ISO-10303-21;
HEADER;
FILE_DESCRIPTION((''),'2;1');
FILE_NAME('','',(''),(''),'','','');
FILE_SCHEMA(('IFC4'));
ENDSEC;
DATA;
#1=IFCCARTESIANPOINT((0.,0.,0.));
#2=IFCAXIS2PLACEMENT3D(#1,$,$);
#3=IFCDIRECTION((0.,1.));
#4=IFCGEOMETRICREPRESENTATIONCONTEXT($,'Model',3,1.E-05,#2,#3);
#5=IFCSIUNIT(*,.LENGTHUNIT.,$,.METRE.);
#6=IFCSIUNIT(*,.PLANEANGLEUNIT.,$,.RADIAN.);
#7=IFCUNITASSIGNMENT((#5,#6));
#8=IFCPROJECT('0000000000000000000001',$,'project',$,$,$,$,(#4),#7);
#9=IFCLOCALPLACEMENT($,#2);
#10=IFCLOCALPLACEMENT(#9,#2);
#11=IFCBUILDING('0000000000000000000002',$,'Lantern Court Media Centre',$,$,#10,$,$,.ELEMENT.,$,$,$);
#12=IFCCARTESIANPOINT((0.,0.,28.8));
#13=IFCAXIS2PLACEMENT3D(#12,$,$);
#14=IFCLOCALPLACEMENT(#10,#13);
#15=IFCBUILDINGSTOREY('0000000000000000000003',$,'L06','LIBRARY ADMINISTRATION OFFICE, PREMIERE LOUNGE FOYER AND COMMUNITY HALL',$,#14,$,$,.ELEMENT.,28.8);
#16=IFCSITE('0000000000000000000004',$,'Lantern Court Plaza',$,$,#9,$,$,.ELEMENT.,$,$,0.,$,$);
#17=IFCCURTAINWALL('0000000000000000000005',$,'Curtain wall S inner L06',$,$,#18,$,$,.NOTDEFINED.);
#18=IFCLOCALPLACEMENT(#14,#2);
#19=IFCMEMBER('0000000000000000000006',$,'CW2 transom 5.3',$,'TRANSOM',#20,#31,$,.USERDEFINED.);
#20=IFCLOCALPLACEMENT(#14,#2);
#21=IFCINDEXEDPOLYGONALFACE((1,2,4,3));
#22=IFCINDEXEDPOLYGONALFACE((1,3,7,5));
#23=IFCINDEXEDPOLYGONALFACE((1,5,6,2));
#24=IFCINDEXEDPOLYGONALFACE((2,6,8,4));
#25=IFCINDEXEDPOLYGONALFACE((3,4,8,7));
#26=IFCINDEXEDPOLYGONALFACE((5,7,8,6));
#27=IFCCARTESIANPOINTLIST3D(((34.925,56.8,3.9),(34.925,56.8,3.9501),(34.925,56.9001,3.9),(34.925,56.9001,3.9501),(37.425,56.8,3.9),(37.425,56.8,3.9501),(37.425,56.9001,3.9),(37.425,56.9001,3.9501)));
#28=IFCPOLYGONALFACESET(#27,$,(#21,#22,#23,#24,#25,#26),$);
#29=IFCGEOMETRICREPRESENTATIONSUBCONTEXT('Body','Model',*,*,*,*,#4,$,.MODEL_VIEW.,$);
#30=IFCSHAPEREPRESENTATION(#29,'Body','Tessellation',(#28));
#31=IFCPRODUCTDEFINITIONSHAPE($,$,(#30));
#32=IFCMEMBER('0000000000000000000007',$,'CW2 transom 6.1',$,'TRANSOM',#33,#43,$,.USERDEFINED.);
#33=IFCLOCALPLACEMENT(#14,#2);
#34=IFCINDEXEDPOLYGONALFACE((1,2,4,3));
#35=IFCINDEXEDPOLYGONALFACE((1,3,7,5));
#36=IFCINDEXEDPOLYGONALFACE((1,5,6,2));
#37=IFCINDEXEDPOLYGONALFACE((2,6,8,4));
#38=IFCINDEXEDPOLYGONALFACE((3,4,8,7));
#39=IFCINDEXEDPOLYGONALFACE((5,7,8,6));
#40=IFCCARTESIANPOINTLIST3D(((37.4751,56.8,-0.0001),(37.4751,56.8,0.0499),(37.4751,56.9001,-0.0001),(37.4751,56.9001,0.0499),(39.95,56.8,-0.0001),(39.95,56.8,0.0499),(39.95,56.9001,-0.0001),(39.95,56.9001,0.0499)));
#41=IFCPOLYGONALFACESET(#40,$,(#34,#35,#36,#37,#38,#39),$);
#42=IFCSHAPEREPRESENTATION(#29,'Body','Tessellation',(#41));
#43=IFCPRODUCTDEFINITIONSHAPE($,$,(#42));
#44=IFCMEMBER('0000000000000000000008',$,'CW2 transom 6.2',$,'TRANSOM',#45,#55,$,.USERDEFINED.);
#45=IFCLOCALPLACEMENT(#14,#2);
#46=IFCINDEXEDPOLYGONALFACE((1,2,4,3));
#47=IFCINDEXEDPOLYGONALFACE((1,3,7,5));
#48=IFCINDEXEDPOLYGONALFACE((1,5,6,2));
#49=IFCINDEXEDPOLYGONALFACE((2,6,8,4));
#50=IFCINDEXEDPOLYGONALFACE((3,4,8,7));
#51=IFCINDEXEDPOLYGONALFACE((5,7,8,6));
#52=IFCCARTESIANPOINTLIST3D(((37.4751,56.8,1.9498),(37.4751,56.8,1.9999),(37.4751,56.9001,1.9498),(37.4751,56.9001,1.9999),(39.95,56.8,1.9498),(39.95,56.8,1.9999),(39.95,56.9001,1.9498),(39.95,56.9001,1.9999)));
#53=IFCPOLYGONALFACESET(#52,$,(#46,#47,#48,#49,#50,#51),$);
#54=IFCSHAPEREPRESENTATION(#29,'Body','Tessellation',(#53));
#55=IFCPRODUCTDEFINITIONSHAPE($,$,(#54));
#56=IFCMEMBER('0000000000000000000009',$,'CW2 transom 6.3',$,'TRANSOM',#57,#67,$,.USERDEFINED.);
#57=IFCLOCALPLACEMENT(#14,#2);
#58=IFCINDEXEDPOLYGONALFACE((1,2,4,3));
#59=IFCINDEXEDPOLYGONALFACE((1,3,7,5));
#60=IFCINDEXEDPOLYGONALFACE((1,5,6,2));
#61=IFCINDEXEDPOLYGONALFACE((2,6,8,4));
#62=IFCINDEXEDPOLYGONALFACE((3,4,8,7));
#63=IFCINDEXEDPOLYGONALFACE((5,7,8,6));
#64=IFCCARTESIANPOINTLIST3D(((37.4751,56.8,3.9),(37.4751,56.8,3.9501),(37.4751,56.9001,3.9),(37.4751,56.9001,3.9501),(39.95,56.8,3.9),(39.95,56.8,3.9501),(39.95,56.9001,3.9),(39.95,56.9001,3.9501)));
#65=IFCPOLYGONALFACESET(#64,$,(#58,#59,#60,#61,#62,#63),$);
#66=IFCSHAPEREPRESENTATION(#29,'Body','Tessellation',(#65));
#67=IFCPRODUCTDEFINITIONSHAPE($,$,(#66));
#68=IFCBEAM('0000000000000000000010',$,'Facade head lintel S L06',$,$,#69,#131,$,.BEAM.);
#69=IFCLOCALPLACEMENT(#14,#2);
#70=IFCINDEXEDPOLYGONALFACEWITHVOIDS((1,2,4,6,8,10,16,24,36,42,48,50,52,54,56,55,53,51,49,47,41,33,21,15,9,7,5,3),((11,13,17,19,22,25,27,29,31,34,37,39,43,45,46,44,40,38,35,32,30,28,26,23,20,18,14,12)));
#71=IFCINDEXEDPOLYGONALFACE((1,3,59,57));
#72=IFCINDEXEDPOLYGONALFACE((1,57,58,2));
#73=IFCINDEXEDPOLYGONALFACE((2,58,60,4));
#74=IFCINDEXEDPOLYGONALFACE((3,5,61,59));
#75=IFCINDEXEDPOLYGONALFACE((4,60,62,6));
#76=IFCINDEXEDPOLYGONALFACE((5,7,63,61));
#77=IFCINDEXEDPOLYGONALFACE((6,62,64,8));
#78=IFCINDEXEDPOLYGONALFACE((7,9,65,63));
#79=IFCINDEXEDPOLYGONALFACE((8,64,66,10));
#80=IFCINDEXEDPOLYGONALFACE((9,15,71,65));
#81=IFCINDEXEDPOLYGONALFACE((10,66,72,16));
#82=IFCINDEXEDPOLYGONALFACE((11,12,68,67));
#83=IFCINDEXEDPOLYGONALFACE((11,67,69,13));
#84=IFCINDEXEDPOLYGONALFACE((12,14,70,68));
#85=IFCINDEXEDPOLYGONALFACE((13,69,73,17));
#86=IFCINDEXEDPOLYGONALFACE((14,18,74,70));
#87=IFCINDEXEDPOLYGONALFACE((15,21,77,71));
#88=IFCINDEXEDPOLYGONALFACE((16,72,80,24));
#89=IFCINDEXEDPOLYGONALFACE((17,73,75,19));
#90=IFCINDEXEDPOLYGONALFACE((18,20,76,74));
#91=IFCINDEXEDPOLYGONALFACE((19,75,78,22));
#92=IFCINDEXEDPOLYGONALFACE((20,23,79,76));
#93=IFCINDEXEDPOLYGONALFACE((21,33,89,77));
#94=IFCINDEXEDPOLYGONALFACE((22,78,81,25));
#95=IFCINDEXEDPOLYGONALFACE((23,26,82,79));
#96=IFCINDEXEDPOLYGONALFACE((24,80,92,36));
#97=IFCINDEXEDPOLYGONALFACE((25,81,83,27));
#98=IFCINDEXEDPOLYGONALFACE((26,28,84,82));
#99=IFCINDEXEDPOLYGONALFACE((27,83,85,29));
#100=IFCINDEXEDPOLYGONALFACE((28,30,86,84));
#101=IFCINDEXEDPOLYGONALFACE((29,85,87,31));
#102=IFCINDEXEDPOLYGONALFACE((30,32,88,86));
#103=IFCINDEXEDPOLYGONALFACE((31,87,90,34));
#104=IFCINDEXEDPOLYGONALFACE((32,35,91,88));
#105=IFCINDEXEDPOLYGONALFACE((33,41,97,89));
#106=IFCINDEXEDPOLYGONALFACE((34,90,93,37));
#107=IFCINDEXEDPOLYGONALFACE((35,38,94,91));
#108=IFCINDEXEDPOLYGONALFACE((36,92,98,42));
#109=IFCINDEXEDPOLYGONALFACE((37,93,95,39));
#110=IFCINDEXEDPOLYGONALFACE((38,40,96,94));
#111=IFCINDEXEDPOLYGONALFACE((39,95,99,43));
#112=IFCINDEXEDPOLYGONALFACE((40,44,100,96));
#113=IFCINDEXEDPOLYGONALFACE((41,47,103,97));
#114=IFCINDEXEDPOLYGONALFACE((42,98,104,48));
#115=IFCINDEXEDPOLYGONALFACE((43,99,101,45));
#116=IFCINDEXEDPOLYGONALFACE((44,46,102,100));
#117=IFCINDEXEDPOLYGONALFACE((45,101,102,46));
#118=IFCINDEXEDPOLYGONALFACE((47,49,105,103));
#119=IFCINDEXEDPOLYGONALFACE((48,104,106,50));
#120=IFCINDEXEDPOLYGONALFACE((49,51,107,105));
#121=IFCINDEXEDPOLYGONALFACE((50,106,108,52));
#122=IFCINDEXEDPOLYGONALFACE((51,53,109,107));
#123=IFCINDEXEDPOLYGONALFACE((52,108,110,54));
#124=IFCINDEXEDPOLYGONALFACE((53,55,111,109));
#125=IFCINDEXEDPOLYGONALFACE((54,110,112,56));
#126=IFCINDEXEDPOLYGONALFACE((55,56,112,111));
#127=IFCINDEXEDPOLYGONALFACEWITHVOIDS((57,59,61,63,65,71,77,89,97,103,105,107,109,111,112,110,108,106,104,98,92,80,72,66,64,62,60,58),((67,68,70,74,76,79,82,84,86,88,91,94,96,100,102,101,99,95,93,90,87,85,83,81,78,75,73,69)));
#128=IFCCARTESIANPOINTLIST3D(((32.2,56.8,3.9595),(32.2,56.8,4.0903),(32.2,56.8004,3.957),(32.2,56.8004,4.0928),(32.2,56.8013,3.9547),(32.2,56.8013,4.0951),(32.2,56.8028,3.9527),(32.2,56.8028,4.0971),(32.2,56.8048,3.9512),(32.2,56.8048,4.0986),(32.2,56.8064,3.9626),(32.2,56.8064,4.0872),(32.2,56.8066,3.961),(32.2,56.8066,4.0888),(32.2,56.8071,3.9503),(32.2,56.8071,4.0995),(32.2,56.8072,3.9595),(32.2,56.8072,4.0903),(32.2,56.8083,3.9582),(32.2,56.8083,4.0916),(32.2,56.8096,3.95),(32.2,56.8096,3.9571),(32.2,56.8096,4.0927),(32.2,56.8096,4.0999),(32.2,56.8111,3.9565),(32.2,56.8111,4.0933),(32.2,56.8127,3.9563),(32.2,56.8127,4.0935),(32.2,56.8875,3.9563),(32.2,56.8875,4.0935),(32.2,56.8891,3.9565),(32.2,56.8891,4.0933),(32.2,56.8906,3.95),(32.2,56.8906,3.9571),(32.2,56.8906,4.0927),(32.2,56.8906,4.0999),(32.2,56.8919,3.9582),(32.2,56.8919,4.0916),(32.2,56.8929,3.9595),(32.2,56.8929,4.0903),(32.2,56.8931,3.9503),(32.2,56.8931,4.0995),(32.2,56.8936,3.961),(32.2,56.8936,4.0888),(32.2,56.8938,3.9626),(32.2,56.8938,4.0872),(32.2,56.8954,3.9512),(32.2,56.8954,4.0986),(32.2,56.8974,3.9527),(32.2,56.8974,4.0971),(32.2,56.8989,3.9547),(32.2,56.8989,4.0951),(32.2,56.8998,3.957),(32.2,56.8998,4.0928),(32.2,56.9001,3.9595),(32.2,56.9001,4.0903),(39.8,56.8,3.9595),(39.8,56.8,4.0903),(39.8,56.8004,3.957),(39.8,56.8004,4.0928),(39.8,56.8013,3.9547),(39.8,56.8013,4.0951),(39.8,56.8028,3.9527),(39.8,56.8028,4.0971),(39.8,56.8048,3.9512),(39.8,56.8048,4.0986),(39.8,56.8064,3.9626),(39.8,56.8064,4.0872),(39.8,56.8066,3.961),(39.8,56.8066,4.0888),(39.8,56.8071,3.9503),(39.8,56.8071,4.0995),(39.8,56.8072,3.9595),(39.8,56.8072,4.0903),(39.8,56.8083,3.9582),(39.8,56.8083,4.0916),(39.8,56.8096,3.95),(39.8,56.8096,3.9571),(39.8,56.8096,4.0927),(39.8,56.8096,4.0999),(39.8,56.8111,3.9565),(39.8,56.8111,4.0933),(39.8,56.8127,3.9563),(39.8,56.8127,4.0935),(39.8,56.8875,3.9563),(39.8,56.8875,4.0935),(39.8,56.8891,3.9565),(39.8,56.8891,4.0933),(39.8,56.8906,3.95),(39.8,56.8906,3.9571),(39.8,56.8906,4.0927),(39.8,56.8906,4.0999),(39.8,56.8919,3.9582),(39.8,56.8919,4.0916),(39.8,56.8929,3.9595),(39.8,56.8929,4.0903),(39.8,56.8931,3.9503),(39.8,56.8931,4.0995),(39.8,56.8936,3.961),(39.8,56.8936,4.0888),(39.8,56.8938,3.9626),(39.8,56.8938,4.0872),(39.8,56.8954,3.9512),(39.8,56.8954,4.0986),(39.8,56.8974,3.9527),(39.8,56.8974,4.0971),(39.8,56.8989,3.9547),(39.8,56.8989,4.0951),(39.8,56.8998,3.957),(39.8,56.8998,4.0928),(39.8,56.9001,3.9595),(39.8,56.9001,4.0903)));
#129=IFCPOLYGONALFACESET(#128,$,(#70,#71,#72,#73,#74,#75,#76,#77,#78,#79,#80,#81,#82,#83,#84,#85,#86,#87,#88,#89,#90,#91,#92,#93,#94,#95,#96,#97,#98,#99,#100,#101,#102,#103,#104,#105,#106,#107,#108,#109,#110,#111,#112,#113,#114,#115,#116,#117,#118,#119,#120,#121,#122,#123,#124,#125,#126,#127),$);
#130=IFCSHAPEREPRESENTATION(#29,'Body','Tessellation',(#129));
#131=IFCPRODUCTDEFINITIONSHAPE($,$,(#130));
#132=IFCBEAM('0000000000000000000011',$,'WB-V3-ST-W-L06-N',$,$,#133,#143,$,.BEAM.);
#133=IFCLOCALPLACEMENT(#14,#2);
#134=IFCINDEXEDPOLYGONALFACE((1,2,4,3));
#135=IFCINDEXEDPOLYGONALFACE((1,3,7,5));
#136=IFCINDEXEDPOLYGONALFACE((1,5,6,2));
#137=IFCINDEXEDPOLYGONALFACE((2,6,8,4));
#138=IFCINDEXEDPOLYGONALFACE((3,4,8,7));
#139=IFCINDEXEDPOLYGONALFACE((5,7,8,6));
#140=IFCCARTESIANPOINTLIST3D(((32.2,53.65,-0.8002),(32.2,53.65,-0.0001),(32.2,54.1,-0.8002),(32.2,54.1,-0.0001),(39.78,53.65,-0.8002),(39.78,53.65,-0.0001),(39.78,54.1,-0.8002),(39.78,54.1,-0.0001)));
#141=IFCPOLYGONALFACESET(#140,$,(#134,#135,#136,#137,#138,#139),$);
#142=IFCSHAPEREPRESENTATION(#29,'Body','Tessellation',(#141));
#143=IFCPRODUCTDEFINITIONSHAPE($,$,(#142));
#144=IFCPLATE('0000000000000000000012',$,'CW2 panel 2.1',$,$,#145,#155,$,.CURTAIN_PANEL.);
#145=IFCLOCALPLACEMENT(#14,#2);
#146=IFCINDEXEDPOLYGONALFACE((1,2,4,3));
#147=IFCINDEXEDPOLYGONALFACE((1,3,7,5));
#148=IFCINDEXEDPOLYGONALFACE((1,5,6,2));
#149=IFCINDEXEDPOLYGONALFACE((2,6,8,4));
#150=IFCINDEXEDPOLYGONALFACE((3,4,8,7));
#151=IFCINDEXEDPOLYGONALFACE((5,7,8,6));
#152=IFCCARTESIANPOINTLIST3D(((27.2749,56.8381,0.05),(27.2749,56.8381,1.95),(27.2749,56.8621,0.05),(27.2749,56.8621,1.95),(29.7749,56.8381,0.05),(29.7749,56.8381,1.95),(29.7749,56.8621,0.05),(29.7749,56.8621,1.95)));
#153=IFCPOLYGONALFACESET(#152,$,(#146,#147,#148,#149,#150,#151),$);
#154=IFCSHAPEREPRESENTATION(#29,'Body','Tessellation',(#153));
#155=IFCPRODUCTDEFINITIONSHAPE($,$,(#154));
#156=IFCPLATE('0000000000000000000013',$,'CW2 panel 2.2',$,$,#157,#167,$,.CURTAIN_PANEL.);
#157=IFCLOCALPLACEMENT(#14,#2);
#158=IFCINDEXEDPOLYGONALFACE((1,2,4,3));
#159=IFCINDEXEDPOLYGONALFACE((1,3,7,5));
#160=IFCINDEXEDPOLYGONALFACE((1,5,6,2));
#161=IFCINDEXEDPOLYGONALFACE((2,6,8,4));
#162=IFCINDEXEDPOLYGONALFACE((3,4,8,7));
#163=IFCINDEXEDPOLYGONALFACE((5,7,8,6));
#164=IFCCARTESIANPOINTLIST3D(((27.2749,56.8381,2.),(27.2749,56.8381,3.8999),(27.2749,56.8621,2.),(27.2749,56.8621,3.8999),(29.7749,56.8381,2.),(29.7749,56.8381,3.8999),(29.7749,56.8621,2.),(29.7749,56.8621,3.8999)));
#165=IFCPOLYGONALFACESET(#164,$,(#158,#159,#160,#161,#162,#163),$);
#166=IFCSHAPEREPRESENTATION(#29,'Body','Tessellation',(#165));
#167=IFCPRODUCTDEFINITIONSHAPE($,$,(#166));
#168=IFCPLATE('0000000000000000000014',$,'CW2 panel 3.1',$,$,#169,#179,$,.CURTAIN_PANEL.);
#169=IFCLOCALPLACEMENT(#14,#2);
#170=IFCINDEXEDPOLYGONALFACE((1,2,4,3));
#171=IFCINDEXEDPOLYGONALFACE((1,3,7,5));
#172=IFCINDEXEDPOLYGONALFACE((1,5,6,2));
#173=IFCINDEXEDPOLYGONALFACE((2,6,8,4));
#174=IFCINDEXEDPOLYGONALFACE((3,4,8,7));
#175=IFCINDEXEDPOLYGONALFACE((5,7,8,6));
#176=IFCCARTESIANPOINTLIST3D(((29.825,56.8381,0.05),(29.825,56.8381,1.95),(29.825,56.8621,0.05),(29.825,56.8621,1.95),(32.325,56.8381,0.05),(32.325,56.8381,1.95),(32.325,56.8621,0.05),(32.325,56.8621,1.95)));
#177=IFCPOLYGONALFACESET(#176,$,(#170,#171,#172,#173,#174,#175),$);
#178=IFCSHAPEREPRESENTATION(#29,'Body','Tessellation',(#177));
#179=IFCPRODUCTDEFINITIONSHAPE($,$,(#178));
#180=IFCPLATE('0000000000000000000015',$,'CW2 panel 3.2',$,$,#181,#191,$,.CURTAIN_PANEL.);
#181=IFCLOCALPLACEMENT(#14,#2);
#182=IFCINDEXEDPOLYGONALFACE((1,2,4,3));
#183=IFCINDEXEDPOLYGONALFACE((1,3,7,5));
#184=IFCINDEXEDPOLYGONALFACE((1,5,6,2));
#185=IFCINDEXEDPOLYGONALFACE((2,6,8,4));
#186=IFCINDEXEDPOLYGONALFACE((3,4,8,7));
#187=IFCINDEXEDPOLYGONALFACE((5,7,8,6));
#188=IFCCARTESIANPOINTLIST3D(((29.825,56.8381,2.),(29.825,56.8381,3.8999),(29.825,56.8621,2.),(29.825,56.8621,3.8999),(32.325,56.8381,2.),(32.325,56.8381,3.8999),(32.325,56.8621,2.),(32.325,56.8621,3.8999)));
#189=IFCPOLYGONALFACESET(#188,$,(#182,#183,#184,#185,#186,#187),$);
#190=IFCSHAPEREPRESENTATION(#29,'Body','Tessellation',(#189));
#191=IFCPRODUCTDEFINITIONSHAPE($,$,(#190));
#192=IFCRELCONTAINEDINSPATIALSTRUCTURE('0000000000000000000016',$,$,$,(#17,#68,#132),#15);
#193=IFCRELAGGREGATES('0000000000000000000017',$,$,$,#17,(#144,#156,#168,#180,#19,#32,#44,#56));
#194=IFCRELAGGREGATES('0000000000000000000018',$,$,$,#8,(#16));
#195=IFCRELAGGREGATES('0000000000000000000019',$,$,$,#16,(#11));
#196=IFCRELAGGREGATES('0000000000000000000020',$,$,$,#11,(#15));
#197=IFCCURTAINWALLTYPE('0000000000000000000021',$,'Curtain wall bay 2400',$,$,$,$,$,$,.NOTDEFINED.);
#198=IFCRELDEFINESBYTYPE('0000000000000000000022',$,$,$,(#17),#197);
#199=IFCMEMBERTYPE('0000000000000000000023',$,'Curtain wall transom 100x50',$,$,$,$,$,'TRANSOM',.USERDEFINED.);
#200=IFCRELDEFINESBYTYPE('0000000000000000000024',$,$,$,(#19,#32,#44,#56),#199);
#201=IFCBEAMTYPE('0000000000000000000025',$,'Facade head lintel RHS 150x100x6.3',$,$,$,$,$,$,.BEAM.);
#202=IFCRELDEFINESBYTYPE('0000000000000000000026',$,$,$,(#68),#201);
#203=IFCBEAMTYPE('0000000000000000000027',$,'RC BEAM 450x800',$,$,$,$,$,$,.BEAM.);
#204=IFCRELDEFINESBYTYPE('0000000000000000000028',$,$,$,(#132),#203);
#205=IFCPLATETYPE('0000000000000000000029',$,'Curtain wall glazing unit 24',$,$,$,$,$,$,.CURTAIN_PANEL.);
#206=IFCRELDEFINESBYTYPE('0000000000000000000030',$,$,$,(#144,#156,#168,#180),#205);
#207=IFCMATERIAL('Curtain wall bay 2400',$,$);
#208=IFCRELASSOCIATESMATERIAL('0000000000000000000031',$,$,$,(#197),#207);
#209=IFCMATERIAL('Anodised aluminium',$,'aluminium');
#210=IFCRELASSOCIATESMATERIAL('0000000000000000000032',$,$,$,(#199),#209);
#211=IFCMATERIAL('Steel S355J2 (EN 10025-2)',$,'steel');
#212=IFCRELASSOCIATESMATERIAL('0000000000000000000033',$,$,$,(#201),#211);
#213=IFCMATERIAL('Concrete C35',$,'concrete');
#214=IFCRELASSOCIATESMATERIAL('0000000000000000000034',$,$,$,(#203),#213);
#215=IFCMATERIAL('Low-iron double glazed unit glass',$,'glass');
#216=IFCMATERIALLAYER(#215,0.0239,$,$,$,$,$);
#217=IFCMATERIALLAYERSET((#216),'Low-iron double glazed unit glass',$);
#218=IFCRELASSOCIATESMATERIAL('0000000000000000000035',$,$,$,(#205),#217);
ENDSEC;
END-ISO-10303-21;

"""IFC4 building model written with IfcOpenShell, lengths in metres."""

from ifc_helpers import new_model, si_unit, direction, frame, origin, origin_2d, place, context, subcontext, project, spatial, rectangle, hollow_rectangle, extrude, material, layer, layer_set, material_profile, profile_set, type_object, element, aggregate, save


model = new_model("IFC4")

# Units and contexts
model_context = context("Model", 3, precision=1e-05, world=origin(), true_north=direction((0.0, 1.0)))
body_context = subcontext(model_context, "Body", "Model", "MODEL_VIEW")
ifc_project = project(units=[si_unit("LENGTHUNIT", "METRE"), si_unit("PLANEANGLEUNIT", "RADIAN")], contexts=[model_context])

# Site, building, storey
site_placement = place(None, origin())
site = spatial("IfcSite", under=ifc_project, at=site_placement, Name="Lantern Court Plaza", CompositionType="ELEMENT", RefElevation=0.0)
building_placement = place(site_placement, origin())
building = spatial("IfcBuilding", under=site, at=building_placement, Name="Lantern Court Media Centre", CompositionType="ELEMENT")
storey_placement = place(building_placement, frame((0.0, 0.0, 28.8)))
storey = spatial("IfcBuildingStorey", under=building, at=storey_placement, Name="L06", Description="LIBRARY ADMINISTRATION OFFICE, PREMIERE LOUNGE FOYER AND COMMUNITY HALL", CompositionType="ELEMENT", Elevation=28.8)

# Curtain wall, members
ifc_material_1 = material(Name="Curtain wall bay 2400")
curtain_wall_type = type_object("IfcCurtainWallType", Name="Curtain wall bay 2400", PredefinedType="NOTDEFINED", material=ifc_material_1)
curtain_wall_placement = place(storey_placement, origin())
curtain_wall = element("IfcCurtainWall", 1, at=curtain_wall_placement, inside=storey, type_object=curtain_wall_type, Name="Curtain wall S inner L06", PredefinedType="NOTDEFINED")
ifc_material_2 = material(Name="Anodised aluminium", Category="aluminium")
ifc_material_profile_1 = material_profile(ifc_material_2, rectangle(XDim=0.1001, YDim=0.05, at=origin_2d()), Name="AL 50x100")
ifc_profile_set_1 = profile_set([ifc_material_profile_1], Name="Anodised aluminium")
member_type_1 = type_object("IfcMemberType", Name="Curtain wall transom 100x50", ElementType="TRANSOM", PredefinedType="USERDEFINED", material=ifc_profile_set_1)
member_1_placement = place(storey_placement, frame((34.925, 56.8501, 3.925), z_axis=(1.0, 0.0, 0.0), x_axis=(0.0, 1.0, 0.0)))
member_1 = element("IfcMember", 2, at=member_1_placement, type_object=member_type_1, Name="CW2 transom 5.3", ObjectType="TRANSOM", PredefinedType="USERDEFINED", context=body_context, shape_type="SweptSolid", body=[
    extrude(rectangle(XDim=0.1001, YDim=0.05, at=origin_2d()), origin(), (0.0, 0.0, 1.0), 2.5),
])
member_2_placement = place(storey_placement, frame((37.4751, 56.8501, 0.0249), z_axis=(1.0, 0.0, 0.0), x_axis=(0.0, 1.0, 0.0)))
member_2 = element("IfcMember", 3, at=member_2_placement, type_object=member_type_1, Name="CW2 transom 6.1", ObjectType="TRANSOM", PredefinedType="USERDEFINED", context=body_context, shape_type="SweptSolid", body=[
    extrude(rectangle(XDim=0.1001, YDim=0.05, at=origin_2d()), origin(), (0.0, 0.0, 1.0), 2.4749),
])
member_3_placement = place(storey_placement, frame((37.4751, 56.8501, 1.9749), z_axis=(1.0, 0.0, 0.0), x_axis=(0.0, 1.0, 0.0)))
member_3 = element("IfcMember", 4, at=member_3_placement, type_object=member_type_1, Name="CW2 transom 6.2", ObjectType="TRANSOM", PredefinedType="USERDEFINED", context=body_context, shape_type="SweptSolid", body=[
    extrude(rectangle(XDim=0.1001, YDim=0.05, at=origin_2d()), origin(), (0.0, 0.0, 1.0), 2.4749),
])
member_4_placement = place(storey_placement, frame((37.4751, 56.8501, 3.925), z_axis=(1.0, 0.0, 0.0), x_axis=(0.0, 1.0, 0.0)))
member_4 = element("IfcMember", 5, at=member_4_placement, type_object=member_type_1, Name="CW2 transom 6.3", ObjectType="TRANSOM", PredefinedType="USERDEFINED", context=body_context, shape_type="SweptSolid", body=[
    extrude(rectangle(XDim=0.1001, YDim=0.05, at=origin_2d()), origin(), (0.0, 0.0, 1.0), 2.4749),
])

# Beams
ifc_material_3 = material(Name="Steel S355J2 (EN 10025-2)", Category="steel")
ifc_material_profile_2 = material_profile(ifc_material_3, hollow_rectangle(XDim=0.1001, YDim=0.1499, WallThickness=0.0063, InnerFilletRadius=0.0063, OuterFilletRadius=0.0095, at=origin_2d()), Name="Facade head lintel RHS 150x100x6.3")
ifc_profile_set_2 = profile_set([ifc_material_profile_2], Name="Steel S355J2 (EN 10025-2)")
beam_type_1 = type_object("IfcBeamType", Name="Facade head lintel RHS 150x100x6.3", PredefinedType="BEAM", material=ifc_profile_set_2)
beam_1_placement = place(storey_placement, frame((32.2, 56.8501, 4.0249), z_axis=(1.0, 0.0, 0.0), x_axis=(0.0, 1.0, 0.0)))
element("IfcBeam", 6, at=beam_1_placement, inside=storey, type_object=beam_type_1, Name="Facade head lintel S L06", PredefinedType="BEAM", context=body_context, shape_type="SweptSolid", body=[
    extrude(hollow_rectangle(XDim=0.1001, YDim=0.1499, WallThickness=0.0063, InnerFilletRadius=0.0063, OuterFilletRadius=0.0095, at=origin_2d()), origin(), (0.0, 0.0, 1.0), 7.6001),
])
ifc_material_4 = material(Name="Concrete C35", Category="concrete")
ifc_material_profile_3 = material_profile(ifc_material_4, rectangle(XDim=0.45, YDim=0.8, at=origin_2d()), Name="RC 450x800")
ifc_profile_set_3 = profile_set([ifc_material_profile_3], Name="Concrete C35")
beam_type_2 = type_object("IfcBeamType", Name="RC BEAM 450x800", PredefinedType="BEAM", material=ifc_profile_set_3)
beam_2_placement = place(storey_placement, frame((32.2, 53.875, -0.4001), z_axis=(1.0, 0.0, 0.0), x_axis=(0.0, 1.0, 0.0)))
element("IfcBeam", 7, at=beam_2_placement, inside=storey, type_object=beam_type_2, Name="WB-V3-ST-W-L06-N", PredefinedType="BEAM", context=body_context, shape_type="SweptSolid", body=[
    extrude(rectangle(XDim=0.45, YDim=0.8, at=origin_2d()), origin(), (0.0, 0.0, 1.0), 7.5801),
])

# Plates
ifc_material_5 = material(Name="Low-iron double glazed unit glass", Category="glass")
ifc_layer_1 = layer(ifc_material_5, 0.0239)
ifc_layer_set_1 = layer_set([ifc_layer_1], Name="Low-iron double glazed unit glass")
plate_type = type_object("IfcPlateType", Name="Curtain wall glazing unit 24", PredefinedType="CURTAIN_PANEL", material=ifc_layer_set_1)
plate_1_placement = place(storey_placement, frame((28.5249, 56.8501, 0.05), z_axis=(0.0, 0.0, 1.0), x_axis=(1.0, 0.0, 0.0)))
plate_1 = element("IfcPlate", 8, at=plate_1_placement, type_object=plate_type, Name="CW2 panel 2.1", PredefinedType="CURTAIN_PANEL", context=body_context, shape_type="SweptSolid", body=[
    extrude(rectangle(XDim=2.5, YDim=0.0239, at=origin_2d()), origin(), (0.0, 0.0, 1.0), 1.8999),
])
plate_2_placement = place(storey_placement, frame((28.5249, 56.8501, 2.0), z_axis=(0.0, 0.0, 1.0), x_axis=(1.0, 0.0, 0.0)))
plate_2 = element("IfcPlate", 9, at=plate_2_placement, type_object=plate_type, Name="CW2 panel 2.2", PredefinedType="CURTAIN_PANEL", context=body_context, shape_type="SweptSolid", body=[
    extrude(rectangle(XDim=2.5, YDim=0.0239, at=origin_2d()), origin(), (0.0, 0.0, 1.0), 1.8999),
])
plate_3_placement = place(storey_placement, frame((31.075, 56.8501, 0.05), z_axis=(0.0, 0.0, 1.0), x_axis=(1.0, 0.0, 0.0)))
plate_3 = element("IfcPlate", 10, at=plate_3_placement, type_object=plate_type, Name="CW2 panel 3.1", PredefinedType="CURTAIN_PANEL", context=body_context, shape_type="SweptSolid", body=[
    extrude(rectangle(XDim=2.5, YDim=0.0239, at=origin_2d()), origin(), (0.0, 0.0, 1.0), 1.8999),
])
plate_4_placement = place(storey_placement, frame((31.075, 56.8501, 2.0), z_axis=(0.0, 0.0, 1.0), x_axis=(1.0, 0.0, 0.0)))
plate_4 = element("IfcPlate", 11, at=plate_4_placement, type_object=plate_type, Name="CW2 panel 3.2", PredefinedType="CURTAIN_PANEL", context=body_context, shape_type="SweptSolid", body=[
    extrude(rectangle(XDim=2.5, YDim=0.0239, at=origin_2d()), origin(), (0.0, 0.0, 1.0), 1.8999),
])
aggregate(curtain_wall, [plate_1, plate_2, plate_3, plate_4, member_1, member_2, member_3, member_4])

save(model, "model.ifc")
